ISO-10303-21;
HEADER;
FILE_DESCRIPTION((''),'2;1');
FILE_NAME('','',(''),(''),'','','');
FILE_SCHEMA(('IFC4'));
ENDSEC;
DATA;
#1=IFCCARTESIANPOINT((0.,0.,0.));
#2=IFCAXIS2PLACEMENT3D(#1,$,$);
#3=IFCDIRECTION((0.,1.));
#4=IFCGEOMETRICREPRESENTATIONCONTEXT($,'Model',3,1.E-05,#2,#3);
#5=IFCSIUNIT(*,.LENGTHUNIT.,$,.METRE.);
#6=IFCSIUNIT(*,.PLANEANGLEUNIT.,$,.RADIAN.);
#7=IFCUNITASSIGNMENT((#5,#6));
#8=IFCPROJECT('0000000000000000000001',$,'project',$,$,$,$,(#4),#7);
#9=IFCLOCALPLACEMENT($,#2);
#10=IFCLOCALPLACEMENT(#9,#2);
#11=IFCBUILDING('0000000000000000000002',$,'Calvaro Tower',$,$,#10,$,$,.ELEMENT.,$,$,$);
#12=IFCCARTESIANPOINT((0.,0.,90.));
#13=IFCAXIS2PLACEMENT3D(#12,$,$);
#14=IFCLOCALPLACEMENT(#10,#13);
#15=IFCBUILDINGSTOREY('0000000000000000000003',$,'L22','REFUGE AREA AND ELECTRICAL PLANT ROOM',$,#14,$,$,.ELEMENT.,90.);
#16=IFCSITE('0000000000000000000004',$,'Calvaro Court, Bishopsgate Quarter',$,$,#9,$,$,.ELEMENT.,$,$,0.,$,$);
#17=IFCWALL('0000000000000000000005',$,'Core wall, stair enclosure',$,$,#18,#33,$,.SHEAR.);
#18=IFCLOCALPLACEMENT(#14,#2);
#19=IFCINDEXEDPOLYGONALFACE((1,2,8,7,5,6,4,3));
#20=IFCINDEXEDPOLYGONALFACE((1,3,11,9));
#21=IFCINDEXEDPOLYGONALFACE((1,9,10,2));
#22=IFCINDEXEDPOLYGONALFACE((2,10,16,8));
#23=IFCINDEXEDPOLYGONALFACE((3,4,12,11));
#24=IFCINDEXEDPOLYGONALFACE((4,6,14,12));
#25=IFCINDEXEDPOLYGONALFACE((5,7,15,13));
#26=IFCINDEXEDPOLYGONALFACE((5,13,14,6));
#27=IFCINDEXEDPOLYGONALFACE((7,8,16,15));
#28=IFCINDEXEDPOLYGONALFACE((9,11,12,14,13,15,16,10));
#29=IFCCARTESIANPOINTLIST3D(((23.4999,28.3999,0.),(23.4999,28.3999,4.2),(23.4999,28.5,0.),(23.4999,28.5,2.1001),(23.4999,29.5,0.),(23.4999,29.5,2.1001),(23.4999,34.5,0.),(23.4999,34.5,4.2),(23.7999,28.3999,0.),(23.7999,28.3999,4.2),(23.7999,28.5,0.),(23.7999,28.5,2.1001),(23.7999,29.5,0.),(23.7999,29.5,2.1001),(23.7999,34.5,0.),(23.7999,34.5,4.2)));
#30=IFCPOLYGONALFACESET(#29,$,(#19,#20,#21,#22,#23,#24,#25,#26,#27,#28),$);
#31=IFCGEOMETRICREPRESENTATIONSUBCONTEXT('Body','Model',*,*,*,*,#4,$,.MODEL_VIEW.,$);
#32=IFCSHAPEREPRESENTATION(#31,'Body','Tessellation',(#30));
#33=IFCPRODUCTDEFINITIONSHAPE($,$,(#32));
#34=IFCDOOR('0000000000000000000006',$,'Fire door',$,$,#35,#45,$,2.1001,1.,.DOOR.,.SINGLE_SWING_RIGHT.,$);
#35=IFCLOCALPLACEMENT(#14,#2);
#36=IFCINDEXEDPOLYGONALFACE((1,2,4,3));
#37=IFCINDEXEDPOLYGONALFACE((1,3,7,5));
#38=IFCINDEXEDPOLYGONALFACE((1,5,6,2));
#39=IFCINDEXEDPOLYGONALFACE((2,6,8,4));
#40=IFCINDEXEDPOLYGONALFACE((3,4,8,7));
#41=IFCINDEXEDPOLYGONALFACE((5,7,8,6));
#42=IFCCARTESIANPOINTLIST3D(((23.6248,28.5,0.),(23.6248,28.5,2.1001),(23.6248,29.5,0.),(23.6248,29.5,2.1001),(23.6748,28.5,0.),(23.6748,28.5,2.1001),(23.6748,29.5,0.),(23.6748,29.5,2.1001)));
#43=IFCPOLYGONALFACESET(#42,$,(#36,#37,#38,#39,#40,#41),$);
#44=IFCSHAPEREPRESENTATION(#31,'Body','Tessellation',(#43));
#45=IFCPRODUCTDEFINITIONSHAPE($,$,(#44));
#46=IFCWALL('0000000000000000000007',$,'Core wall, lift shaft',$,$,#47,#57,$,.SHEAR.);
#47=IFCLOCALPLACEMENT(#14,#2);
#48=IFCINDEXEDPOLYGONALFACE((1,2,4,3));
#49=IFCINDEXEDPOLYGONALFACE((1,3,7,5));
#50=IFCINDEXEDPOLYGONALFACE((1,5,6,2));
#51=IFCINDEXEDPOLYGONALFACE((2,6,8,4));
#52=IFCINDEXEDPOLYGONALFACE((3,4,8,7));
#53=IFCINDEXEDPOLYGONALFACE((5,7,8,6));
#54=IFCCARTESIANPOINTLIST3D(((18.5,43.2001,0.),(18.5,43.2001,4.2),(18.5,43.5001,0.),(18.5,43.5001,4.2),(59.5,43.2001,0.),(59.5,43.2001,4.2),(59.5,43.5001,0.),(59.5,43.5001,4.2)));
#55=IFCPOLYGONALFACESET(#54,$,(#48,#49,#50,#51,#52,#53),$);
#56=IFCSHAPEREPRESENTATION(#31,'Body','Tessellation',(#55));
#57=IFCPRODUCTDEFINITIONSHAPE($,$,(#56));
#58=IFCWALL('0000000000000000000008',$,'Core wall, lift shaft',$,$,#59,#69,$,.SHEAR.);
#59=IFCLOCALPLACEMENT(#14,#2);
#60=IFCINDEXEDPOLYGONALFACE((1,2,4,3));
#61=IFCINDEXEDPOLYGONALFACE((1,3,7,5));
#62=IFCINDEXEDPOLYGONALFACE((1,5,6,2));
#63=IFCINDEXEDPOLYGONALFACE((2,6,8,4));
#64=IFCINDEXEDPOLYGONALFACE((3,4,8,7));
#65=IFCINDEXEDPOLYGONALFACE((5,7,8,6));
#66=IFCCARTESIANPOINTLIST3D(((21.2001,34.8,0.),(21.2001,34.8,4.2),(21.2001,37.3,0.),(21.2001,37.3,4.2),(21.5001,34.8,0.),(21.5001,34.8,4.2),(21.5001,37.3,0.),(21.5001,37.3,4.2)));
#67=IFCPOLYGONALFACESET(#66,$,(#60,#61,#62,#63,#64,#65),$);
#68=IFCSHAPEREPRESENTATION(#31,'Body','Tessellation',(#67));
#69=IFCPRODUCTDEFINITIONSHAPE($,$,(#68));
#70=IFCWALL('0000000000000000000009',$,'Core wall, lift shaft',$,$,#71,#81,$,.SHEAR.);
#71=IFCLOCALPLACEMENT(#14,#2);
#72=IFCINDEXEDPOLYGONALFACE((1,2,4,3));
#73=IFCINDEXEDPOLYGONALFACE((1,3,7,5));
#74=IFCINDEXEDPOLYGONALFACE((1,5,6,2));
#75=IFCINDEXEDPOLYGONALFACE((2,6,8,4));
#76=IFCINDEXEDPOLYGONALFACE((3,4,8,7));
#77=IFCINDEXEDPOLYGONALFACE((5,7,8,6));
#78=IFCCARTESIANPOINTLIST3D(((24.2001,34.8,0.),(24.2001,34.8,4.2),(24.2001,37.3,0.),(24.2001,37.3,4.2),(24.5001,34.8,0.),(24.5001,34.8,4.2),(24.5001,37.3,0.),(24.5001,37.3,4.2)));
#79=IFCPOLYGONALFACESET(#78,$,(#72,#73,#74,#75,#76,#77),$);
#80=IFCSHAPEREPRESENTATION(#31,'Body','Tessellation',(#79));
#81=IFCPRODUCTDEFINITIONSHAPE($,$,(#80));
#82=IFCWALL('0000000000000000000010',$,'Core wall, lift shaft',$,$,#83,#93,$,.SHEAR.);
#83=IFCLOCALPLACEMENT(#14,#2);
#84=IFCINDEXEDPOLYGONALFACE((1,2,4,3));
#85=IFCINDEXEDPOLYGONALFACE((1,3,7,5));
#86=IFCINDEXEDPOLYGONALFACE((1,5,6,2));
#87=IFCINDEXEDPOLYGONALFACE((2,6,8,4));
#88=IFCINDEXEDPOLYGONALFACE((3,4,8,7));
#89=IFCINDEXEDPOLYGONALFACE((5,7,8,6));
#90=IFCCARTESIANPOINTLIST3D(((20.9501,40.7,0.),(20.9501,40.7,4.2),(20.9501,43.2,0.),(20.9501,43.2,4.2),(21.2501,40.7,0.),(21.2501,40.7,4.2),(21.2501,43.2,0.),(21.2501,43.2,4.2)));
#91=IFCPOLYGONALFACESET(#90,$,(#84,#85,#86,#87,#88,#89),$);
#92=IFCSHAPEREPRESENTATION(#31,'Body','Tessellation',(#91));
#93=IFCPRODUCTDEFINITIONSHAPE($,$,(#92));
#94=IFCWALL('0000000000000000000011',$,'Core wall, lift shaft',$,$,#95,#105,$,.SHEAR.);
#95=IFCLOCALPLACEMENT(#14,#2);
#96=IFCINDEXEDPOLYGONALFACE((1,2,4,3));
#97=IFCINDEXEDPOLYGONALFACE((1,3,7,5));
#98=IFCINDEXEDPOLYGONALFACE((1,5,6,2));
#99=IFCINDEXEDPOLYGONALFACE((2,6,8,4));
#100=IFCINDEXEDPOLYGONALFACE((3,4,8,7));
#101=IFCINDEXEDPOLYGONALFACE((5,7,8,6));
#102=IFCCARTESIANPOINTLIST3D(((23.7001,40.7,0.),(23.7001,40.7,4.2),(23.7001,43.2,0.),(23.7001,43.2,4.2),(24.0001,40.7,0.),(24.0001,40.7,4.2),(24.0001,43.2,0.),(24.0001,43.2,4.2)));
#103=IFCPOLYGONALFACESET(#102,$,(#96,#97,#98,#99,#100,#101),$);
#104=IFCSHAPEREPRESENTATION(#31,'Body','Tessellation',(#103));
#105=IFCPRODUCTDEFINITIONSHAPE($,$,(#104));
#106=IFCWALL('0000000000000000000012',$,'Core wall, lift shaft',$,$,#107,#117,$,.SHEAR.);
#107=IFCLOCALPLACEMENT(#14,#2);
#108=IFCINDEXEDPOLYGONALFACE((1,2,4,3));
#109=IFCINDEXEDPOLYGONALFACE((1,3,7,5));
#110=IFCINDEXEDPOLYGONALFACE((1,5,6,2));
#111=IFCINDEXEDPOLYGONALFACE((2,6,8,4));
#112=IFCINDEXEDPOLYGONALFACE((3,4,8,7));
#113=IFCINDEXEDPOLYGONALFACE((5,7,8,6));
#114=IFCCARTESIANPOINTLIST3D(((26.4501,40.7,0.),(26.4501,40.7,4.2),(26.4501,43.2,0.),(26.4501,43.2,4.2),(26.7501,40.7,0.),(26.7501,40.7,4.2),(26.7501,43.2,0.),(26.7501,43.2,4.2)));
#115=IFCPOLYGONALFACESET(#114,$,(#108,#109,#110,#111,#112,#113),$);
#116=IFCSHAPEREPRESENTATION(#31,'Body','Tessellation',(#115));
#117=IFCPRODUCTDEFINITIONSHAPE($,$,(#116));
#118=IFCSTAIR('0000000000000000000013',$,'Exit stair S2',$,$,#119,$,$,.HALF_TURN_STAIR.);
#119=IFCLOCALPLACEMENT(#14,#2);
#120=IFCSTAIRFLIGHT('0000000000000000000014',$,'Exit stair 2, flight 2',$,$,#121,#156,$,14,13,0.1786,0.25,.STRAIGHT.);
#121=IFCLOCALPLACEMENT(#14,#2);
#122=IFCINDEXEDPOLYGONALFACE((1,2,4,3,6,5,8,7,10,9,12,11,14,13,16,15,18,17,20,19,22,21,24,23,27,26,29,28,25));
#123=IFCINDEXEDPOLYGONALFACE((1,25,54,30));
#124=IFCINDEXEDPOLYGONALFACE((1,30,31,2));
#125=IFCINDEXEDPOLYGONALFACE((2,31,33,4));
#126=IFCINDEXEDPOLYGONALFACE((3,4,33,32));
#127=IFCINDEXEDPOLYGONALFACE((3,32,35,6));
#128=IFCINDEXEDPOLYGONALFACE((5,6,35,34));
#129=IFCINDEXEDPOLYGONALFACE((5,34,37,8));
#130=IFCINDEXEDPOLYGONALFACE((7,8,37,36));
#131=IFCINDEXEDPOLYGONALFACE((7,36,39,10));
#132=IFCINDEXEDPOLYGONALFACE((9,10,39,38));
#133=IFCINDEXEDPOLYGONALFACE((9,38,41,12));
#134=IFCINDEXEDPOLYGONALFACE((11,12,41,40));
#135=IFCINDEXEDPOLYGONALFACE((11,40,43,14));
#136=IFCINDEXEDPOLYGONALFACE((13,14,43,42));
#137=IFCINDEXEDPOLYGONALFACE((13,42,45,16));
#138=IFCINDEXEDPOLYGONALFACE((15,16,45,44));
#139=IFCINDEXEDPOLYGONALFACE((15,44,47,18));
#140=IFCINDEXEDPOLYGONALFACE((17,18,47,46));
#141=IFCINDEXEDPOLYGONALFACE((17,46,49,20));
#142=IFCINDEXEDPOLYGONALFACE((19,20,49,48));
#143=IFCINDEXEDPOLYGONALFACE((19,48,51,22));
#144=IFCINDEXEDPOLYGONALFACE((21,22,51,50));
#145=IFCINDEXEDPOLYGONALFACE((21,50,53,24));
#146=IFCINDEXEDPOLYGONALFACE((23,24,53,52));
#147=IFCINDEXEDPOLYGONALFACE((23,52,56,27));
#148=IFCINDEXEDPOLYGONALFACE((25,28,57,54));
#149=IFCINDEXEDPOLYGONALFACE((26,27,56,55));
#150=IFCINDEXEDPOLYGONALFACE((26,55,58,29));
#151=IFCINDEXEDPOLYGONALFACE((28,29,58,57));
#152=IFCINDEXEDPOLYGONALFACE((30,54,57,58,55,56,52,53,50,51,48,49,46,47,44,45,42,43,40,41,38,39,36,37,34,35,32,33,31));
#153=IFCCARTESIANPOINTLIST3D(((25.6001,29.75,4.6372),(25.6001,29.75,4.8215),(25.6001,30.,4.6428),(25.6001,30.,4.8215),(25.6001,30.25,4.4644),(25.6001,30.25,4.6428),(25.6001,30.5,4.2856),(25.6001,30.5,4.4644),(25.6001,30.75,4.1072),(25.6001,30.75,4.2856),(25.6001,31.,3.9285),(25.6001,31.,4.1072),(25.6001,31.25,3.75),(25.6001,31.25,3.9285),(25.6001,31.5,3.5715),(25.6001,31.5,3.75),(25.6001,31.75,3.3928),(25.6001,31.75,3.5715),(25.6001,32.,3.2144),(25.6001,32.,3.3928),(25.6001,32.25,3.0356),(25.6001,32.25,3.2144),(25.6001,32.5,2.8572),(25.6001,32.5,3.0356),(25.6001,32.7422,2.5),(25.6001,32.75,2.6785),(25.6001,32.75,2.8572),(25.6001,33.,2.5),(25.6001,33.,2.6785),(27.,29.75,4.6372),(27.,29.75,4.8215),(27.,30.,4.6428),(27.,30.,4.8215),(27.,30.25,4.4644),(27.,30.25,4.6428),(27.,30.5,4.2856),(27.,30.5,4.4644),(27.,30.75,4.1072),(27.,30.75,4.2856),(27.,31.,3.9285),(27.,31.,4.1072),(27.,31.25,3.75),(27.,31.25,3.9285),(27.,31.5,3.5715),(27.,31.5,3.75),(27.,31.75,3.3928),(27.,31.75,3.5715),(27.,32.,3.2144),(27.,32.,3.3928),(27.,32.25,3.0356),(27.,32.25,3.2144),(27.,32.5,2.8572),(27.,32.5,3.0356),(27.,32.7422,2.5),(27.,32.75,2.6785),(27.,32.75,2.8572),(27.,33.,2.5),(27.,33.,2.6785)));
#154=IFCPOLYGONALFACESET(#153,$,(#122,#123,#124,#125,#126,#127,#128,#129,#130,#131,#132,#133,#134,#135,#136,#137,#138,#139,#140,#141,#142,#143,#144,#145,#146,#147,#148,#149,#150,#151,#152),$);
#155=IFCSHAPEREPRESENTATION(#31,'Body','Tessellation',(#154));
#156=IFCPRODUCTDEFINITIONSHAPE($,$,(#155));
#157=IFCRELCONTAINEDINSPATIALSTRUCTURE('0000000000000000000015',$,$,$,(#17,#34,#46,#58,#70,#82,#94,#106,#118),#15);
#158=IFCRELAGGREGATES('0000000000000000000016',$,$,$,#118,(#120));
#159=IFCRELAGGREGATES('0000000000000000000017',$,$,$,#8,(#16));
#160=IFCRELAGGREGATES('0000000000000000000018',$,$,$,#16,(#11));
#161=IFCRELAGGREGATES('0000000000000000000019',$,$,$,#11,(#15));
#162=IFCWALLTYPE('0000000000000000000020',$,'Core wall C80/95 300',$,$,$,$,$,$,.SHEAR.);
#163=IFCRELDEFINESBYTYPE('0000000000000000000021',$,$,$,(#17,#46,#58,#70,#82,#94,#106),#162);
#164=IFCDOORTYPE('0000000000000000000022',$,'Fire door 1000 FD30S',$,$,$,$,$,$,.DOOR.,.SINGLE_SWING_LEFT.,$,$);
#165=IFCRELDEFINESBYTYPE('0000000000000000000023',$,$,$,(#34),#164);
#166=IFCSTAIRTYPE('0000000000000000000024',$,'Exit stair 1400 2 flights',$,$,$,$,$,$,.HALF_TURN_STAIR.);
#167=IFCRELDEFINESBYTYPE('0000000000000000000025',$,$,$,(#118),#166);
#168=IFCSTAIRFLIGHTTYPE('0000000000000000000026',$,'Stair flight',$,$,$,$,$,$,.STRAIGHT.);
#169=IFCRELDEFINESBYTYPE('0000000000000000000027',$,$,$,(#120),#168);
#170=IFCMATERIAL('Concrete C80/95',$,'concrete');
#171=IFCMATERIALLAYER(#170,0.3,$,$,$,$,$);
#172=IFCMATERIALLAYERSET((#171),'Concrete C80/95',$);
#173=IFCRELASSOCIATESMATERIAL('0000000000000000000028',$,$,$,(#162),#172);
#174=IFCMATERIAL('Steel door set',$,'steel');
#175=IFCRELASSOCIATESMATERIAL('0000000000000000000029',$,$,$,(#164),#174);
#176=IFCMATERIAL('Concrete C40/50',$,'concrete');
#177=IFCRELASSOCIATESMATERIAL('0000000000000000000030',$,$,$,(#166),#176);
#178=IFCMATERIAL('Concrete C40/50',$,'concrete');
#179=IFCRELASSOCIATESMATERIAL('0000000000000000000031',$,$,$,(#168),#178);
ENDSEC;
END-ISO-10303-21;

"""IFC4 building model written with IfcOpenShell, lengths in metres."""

from ifc_helpers import new_model, si_unit, direction, frame, frame_2d, origin, place, context, subcontext, project, spatial, polyline, rectangle, outline, extrude, material, layer, layer_set, type_object, element, fill, aggregate, save


model = new_model("IFC4")

# Units and contexts
model_context = context("Model", 3, precision=1e-05, world=origin(), true_north=direction((0.0, 1.0)))
body_context = subcontext(model_context, "Body", "Model", "MODEL_VIEW")
ifc_project = project(units=[si_unit("LENGTHUNIT", "METRE"), si_unit("PLANEANGLEUNIT", "RADIAN")], contexts=[model_context])

# Site, building, storey
site_placement = place(None, origin())
site = spatial("IfcSite", under=ifc_project, at=site_placement, Name="Calvaro Court, Bishopsgate Quarter", CompositionType="ELEMENT", RefElevation=0.0)
building_placement = place(site_placement, origin())
building = spatial("IfcBuilding", under=site, at=building_placement, Name="Calvaro Tower", CompositionType="ELEMENT")
storey_placement = place(building_placement, frame((0.0, 0.0, 90.0)))
storey = spatial("IfcBuildingStorey", under=building, at=storey_placement, Name="L22", Description="REFUGE AREA AND ELECTRICAL PLANT ROOM", CompositionType="ELEMENT", Elevation=90.0)

# Wall, opening, door
ifc_material_1 = material(Name="Concrete C80/95", Category="concrete")
ifc_layer = layer(ifc_material_1, 0.3)
ifc_layer_set = layer_set([ifc_layer], Name="Concrete C80/95")
wall_type = type_object("IfcWallType", Name="Core wall C80/95 300", PredefinedType="SHEAR", material=ifc_layer_set)
wall_1_placement = place(storey_placement, frame((23.6499, 34.5, 0.0), z_axis=(0.0, 0.0, 1.0), x_axis=(0.0, -1.0, 0.0)))
wall_1 = element("IfcWall", 1, at=wall_1_placement, inside=storey, type_object=wall_type, Name="Core wall, stair enclosure", PredefinedType="SHEAR", context=body_context, shape_type="SweptSolid", body=[
    extrude(rectangle(XDim=6.1001, YDim=0.3, at=frame_2d((3.05, 0.0))), origin(), (0.0, 0.0, 1.0), 4.2),
])
opening_1_placement = place(wall_1_placement, frame((5.0, 0.0, 0.0)))
opening_1 = element("IfcOpeningElement", 2, at=opening_1_placement, cuts=wall_1, PredefinedType="OPENING", context=body_context, shape_type="SweptSolid", body=[
    extrude(rectangle(XDim=1.0, YDim=2.1001, at=frame_2d((0.5, 1.05))), frame((0.0, 0.1599, 0.0), z_axis=(0.0, -1.0, 0.0), x_axis=(1.0, 0.0, 0.0)), (0.0, 0.0, 1.0), 0.3201),
])
ifc_material_2 = material(Name="Steel door set", Category="steel")
door_type_1 = type_object("IfcDoorType", Name="Fire door 1000 FD30S", OperationType="SINGLE_SWING_LEFT", PredefinedType="DOOR", material=ifc_material_2)
door_1_placement = place(opening_1_placement, origin())
door_1 = element("IfcDoor", 3, at=door_1_placement, inside=storey, type_object=door_type_1, Name="Fire door", OperationType="SINGLE_SWING_RIGHT", OverallHeight=2.1001, OverallWidth=1.0, PredefinedType="DOOR", context=body_context, shape_type="SweptSolid", body=[
    extrude(rectangle(XDim=1.0, YDim=2.1001, at=frame_2d((0.5, 1.05))), frame((0.0, 0.0249, 0.0), z_axis=(0.0, -1.0, 0.0), x_axis=(1.0, 0.0, 0.0)), (0.0, 0.0, 1.0), 0.05),
])
fill(opening_1, door_1)

# Walls
wall_2_placement = place(storey_placement, frame((18.5, 43.3501, 0.0), z_axis=(0.0, 0.0, 1.0), x_axis=(1.0, 0.0, 0.0)))
element("IfcWall", 4, at=wall_2_placement, inside=storey, type_object=wall_type, Name="Core wall, lift shaft", PredefinedType="SHEAR", context=body_context, shape_type="SweptSolid", body=[
    extrude(rectangle(XDim=41.0, YDim=0.3, at=frame_2d((20.5, 0.0))), origin(), (0.0, 0.0, 1.0), 4.2),
])
for number, where, z_axis, x_axis, name in (
    (5, (21.3501, 34.8, 0.0), (0.0, 0.0, 1.0), (0.0, 1.0, 0.0), "Core wall, lift shaft"),
    (6, (24.3501, 34.8, 0.0), (0.0, 0.0, 1.0), (0.0, 1.0, 0.0), "Core wall, lift shaft"),
    (7, (21.1001, 40.7, 0.0), (0.0, 0.0, 1.0), (0.0, 1.0, 0.0), "Core wall, lift shaft"),
    (8, (23.8501, 40.7, 0.0), (0.0, 0.0, 1.0), (0.0, 1.0, 0.0), "Core wall, lift shaft"),
    (9, (26.6001, 40.7, 0.0), (0.0, 0.0, 1.0), (0.0, 1.0, 0.0), "Core wall, lift shaft"),
):
    element("IfcWall", number, at=place(storey_placement, frame(where, z_axis=z_axis, x_axis=x_axis)), inside=storey, type_object=wall_type, Name=name, PredefinedType="SHEAR", context=body_context, shape_type="SweptSolid", body=[
        extrude(rectangle(XDim=2.5, YDim=0.3, at=frame_2d((1.25, 0.0))), origin(), (0.0, 0.0, 1.0), 4.2),
    ])

# Stair, stair flight
ifc_material_3 = material(Name="Concrete C40/50", Category="concrete")
stair_type = type_object("IfcStairType", Name="Exit stair 1400 2 flights", PredefinedType="HALF_TURN_STAIR", material=ifc_material_3)
stair_placement = place(storey_placement, origin())
stair = element("IfcStair", 10, at=stair_placement, inside=storey, type_object=stair_type, Name="Exit stair S2", PredefinedType="HALF_TURN_STAIR")
ifc_material_4 = material(Name="Concrete C40/50", Category="concrete")
stair_flight_type = type_object("IfcStairFlightType", Name="Stair flight", PredefinedType="STRAIGHT", material=ifc_material_4)
stair_flight_placement = place(storey_placement, frame((26.3, 33.0, 2.5), z_axis=(0.0, 0.0, 1.0), x_axis=(0.0, -1.0, 0.0)))
stair_flight = element("IfcStairFlight", 11, at=stair_flight_placement, type_object=stair_flight_type, Name="Exit stair 2, flight 2", NumberOfRisers=14, NumberOfTreads=13, PredefinedType="STRAIGHT", RiserHeight=0.1786, TreadLength=0.25, context=body_context, shape_type="SweptSolid", body=[
    extrude(outline(polyline([(0.0, 0.0), (0.0, 0.1785), (0.25, 0.1785), (0.25, 0.3572), (0.5, 0.3572), (0.5, 0.5356), (0.75, 0.5356), (0.75, 0.7144), (1.0, 0.7144), (1.0, 0.8928), (1.25, 0.8928), (1.25, 1.0715), (1.5, 1.0715), (1.5, 1.25), (1.75, 1.25), (1.75, 1.4285), (2.0, 1.4285), (2.0, 1.6072), (2.25, 1.6072), (2.25, 1.7856), (2.5, 1.7856), (2.5, 1.9644), (2.75, 1.9644), (2.75, 2.1428), (3.0, 2.1428), (3.0, 2.3215), (3.25, 2.3215), (3.25, 2.5), (3.25, 2.1372), (0.2578, 0.0), (0.0, 0.0)])), frame((0.0, 0.7, 0.0), z_axis=(0.0, -1.0, 0.0), x_axis=(1.0, 0.0, 0.0)), (0.0, 0.0, 1.0), 1.3999),
])
aggregate(stair, [stair_flight])

save(model, "model.ifc")
